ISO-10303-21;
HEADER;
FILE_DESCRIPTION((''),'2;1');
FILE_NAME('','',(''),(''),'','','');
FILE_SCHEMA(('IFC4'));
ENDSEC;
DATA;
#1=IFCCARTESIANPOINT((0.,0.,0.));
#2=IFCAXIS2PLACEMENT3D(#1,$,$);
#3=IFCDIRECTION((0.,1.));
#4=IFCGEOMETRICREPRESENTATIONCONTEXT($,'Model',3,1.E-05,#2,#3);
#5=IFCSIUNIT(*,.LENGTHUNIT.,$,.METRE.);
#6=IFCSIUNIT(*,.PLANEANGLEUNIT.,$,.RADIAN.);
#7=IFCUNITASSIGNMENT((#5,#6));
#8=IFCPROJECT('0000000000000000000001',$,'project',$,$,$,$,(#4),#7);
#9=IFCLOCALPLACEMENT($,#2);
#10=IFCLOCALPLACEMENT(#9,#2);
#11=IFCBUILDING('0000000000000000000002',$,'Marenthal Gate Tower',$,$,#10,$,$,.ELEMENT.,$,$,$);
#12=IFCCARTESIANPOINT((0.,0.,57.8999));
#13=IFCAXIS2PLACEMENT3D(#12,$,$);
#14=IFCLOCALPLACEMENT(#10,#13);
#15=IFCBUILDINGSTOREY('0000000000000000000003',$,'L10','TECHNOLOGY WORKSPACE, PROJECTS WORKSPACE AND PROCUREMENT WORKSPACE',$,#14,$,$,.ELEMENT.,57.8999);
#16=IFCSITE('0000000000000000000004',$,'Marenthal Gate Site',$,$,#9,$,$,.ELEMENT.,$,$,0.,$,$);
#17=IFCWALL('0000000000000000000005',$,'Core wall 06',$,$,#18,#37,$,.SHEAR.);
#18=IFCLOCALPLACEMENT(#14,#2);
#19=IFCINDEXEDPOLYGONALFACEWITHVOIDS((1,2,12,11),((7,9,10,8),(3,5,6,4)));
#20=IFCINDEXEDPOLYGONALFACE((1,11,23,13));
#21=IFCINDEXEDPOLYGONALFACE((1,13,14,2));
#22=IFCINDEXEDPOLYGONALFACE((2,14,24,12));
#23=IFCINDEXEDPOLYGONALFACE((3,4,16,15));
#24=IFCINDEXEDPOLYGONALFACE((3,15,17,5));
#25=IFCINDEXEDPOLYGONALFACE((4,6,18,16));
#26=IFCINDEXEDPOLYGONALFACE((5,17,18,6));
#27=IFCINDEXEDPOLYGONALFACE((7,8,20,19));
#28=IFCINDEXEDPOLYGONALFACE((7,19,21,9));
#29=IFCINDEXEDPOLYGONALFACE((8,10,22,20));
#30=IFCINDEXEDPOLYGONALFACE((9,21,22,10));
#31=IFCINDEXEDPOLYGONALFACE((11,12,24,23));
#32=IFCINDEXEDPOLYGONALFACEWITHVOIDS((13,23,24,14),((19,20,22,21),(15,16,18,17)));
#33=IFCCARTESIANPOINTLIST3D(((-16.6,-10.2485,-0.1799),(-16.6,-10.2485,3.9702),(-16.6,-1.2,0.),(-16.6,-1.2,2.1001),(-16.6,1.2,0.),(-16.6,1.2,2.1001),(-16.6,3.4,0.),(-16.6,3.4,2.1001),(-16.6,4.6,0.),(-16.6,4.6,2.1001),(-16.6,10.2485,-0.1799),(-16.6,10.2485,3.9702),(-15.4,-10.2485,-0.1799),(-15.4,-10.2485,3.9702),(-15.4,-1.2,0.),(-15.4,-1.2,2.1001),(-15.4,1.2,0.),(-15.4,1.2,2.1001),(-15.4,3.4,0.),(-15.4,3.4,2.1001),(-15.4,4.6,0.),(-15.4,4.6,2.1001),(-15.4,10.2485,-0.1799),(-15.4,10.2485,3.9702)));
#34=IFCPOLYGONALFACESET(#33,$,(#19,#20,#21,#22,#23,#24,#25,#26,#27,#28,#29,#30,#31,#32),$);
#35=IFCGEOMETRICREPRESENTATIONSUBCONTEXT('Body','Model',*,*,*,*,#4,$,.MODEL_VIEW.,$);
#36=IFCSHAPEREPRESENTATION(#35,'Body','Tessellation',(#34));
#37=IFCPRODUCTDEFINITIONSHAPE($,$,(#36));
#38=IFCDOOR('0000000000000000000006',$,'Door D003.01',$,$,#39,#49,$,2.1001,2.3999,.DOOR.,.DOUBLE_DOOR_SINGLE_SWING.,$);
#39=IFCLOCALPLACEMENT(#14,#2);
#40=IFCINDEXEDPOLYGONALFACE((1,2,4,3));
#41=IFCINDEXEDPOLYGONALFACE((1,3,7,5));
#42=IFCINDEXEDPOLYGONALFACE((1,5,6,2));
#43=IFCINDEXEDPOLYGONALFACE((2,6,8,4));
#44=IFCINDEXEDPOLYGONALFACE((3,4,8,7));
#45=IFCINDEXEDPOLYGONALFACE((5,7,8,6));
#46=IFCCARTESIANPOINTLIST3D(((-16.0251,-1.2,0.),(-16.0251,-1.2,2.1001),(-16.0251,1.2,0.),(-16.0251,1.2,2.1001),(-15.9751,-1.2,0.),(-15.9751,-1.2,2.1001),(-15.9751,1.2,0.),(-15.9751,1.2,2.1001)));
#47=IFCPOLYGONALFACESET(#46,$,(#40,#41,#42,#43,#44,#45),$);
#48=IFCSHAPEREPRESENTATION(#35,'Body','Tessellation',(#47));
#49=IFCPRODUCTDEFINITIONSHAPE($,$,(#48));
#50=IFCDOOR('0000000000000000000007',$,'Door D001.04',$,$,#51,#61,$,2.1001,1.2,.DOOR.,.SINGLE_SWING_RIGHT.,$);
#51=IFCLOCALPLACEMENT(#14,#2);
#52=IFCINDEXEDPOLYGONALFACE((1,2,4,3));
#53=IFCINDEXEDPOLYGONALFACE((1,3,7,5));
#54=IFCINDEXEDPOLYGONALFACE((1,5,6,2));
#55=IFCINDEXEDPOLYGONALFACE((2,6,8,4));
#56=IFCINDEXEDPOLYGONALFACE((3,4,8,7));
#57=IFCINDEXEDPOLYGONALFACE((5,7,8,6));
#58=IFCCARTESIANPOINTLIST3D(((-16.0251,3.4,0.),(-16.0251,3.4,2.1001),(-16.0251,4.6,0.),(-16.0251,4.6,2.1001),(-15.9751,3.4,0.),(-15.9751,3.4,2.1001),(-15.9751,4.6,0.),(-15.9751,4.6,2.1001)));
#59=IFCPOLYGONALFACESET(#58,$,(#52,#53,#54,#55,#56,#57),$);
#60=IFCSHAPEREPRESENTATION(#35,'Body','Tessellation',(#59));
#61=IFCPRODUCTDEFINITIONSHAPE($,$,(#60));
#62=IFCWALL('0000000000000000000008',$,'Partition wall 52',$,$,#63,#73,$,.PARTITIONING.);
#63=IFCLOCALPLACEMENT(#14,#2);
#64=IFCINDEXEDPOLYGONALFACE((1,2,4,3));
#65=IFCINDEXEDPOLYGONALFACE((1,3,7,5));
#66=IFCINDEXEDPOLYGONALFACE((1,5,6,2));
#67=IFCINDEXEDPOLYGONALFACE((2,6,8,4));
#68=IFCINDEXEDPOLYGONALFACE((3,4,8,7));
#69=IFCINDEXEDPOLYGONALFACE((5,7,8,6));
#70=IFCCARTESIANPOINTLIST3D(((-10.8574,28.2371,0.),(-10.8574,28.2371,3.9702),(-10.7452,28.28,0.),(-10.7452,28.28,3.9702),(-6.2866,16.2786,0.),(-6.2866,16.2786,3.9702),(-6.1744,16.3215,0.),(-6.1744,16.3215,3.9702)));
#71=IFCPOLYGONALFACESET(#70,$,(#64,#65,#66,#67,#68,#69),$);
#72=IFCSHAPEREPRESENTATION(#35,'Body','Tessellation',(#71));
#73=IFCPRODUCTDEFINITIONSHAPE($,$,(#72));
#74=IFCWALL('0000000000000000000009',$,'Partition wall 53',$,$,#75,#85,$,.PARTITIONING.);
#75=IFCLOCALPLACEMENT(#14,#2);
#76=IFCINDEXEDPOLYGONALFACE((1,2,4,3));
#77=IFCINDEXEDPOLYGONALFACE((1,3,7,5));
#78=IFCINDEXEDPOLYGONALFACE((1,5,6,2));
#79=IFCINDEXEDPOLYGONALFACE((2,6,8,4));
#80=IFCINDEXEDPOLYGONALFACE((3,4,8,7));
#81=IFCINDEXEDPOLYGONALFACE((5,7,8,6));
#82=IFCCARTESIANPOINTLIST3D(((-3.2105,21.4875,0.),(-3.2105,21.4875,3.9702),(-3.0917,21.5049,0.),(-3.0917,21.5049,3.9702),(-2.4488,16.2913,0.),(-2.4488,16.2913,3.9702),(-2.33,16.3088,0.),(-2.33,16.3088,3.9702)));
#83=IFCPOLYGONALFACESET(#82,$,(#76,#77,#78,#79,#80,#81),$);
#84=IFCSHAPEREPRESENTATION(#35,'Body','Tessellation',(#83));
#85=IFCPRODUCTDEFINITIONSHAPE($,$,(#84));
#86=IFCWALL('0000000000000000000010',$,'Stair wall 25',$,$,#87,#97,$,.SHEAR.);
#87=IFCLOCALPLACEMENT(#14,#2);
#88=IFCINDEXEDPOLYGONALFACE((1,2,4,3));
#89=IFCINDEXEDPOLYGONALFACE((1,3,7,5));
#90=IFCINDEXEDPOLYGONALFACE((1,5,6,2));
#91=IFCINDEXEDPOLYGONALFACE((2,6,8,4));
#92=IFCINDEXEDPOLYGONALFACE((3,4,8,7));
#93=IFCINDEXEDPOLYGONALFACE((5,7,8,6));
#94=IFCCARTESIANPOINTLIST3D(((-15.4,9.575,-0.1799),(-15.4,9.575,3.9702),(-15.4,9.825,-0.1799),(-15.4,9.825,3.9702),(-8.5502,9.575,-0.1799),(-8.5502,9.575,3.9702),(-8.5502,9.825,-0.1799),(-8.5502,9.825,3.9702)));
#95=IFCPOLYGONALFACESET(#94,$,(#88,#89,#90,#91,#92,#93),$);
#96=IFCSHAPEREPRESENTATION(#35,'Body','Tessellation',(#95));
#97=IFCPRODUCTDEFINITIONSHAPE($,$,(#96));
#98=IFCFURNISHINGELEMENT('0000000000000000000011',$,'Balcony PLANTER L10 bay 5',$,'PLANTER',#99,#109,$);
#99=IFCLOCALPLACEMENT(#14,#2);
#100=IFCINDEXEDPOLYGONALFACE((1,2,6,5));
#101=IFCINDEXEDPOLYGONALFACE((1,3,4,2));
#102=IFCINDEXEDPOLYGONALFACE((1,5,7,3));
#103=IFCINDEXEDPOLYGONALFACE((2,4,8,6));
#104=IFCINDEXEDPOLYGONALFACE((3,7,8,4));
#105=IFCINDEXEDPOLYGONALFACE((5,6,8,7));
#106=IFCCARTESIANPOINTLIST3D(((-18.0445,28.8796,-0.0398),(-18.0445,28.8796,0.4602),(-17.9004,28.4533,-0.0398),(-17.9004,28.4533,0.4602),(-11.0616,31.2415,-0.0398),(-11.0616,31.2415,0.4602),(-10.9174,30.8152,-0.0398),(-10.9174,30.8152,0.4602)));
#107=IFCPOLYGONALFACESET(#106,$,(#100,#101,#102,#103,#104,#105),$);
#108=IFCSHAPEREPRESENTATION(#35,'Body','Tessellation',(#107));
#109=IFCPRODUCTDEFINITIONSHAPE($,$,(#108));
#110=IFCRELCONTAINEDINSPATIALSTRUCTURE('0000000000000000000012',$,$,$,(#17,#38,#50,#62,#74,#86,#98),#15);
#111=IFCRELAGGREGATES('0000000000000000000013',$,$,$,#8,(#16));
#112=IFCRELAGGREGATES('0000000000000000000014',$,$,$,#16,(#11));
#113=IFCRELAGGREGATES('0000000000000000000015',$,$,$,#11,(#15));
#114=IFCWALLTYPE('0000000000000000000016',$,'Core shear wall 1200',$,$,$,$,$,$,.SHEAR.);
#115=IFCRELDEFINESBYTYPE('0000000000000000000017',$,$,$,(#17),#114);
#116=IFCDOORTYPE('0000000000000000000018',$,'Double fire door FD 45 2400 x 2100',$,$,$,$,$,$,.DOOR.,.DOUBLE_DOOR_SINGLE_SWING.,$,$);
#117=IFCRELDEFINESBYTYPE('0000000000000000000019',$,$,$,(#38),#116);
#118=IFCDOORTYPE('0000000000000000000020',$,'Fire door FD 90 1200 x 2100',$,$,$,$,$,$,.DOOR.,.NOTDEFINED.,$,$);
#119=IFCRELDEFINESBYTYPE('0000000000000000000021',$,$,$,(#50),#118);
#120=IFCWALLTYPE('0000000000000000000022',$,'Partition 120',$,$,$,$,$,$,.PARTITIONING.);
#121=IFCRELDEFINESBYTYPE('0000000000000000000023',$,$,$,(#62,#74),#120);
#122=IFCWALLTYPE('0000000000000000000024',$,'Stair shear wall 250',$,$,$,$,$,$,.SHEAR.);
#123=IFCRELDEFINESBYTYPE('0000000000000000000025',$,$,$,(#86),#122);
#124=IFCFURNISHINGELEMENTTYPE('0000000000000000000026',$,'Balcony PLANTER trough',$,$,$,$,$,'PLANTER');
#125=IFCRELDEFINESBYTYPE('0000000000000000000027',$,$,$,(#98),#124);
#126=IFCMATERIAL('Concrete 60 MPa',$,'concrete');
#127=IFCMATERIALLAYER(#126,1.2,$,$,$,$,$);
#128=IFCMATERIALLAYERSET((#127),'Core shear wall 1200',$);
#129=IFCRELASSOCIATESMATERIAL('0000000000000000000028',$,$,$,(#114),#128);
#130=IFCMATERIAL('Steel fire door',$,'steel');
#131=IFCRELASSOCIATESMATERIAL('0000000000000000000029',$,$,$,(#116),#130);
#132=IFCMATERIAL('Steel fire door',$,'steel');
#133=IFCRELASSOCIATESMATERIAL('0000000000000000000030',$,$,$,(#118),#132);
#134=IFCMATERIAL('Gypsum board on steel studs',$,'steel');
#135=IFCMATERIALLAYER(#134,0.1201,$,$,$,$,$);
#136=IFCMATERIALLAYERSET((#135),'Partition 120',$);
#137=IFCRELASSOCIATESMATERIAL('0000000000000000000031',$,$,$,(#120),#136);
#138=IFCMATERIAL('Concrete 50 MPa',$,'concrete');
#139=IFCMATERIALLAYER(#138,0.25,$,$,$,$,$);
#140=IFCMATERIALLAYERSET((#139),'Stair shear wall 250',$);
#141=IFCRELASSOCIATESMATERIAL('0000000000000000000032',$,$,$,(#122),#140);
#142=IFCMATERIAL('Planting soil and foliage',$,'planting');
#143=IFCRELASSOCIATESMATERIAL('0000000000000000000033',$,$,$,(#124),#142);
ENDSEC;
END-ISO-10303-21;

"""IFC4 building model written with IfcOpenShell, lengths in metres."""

from ifc_helpers import new_model, si_unit, direction, frame, frame_2d, origin, origin_2d, place, context, subcontext, project, spatial, rectangle, extrude, material, layer, layer_set, type_object, element, fill, save


model = new_model("IFC4")

# Units and contexts
model_context = context("Model", 3, precision=1e-05, world=origin(), true_north=direction((0.0, 1.0)))
body_context = subcontext(model_context, "Body", "Model", "MODEL_VIEW")
ifc_project = project(units=[si_unit("LENGTHUNIT", "METRE"), si_unit("PLANEANGLEUNIT", "RADIAN")], contexts=[model_context])

# Site, building, storey
site_placement = place(None, origin())
site = spatial("IfcSite", under=ifc_project, at=site_placement, Name="Marenthal Gate Site", CompositionType="ELEMENT", RefElevation=0.0)
building_placement = place(site_placement, origin())
building = spatial("IfcBuilding", under=site, at=building_placement, Name="Marenthal Gate Tower", CompositionType="ELEMENT")
storey_placement = place(building_placement, frame((0.0, 0.0, 57.8999)))
storey = spatial("IfcBuildingStorey", under=building, at=storey_placement, Name="L10", Description="TECHNOLOGY WORKSPACE, PROJECTS WORKSPACE AND PROCUREMENT WORKSPACE", CompositionType="ELEMENT", Elevation=57.8999)

# Shared definitions
ifc_material_1 = material(Name="Concrete 60 MPa", Category="concrete")
ifc_layer_1 = layer(ifc_material_1, 1.2)
ifc_layer_set_1 = layer_set([ifc_layer_1], Name="Core shear wall 1200")
wall_type_1 = type_object("IfcWallType", Name="Core shear wall 1200", PredefinedType="SHEAR", material=ifc_layer_set_1)

# Wall, openings, doors
wall_1_placement = place(storey_placement, frame((-16.0, 10.2485, -0.1799), z_axis=(0.0, 0.0, 1.0), x_axis=(0.0, -1.0, 0.0)))
wall_1 = element("IfcWall", 1, at=wall_1_placement, inside=storey, type_object=wall_type_1, Name="Core wall 06", PredefinedType="SHEAR", context=body_context, shape_type="SweptSolid", body=[
    extrude(rectangle(XDim=20.4971, YDim=1.2, at=frame_2d((10.2485, 0.0))), origin(), (0.0, 0.0, 1.0), 4.1501),
])
opening_1_placement = place(wall_1_placement, frame((9.0486, 0.0, 0.1799)))
opening_1 = element("IfcOpeningElement", 2, at=opening_1_placement, cuts=wall_1, PredefinedType="OPENING", context=body_context, shape_type="SweptSolid", body=[
    extrude(rectangle(XDim=2.3999, YDim=2.1001, at=frame_2d((1.2, 1.05))), frame((0.0, 0.6099, 0.0), z_axis=(0.0, -1.0, 0.0), x_axis=(1.0, 0.0, 0.0)), (0.0, 0.0, 1.0), 1.22),
])
opening_2_placement = place(wall_1_placement, frame((5.6484, 0.0, 0.1799)))
opening_2 = element("IfcOpeningElement", 3, at=opening_2_placement, cuts=wall_1, PredefinedType="OPENING", context=body_context, shape_type="SweptSolid", body=[
    extrude(rectangle(XDim=1.2, YDim=2.1001, at=frame_2d((0.6001, 1.05))), frame((0.0, 0.6099, 0.0), z_axis=(0.0, -1.0, 0.0), x_axis=(1.0, 0.0, 0.0)), (0.0, 0.0, 1.0), 1.22),
])
ifc_material_2 = material(Name="Steel fire door", Category="steel")
door_type_1 = type_object("IfcDoorType", Name="Double fire door FD 45 2400 x 2100", OperationType="DOUBLE_DOOR_SINGLE_SWING", PredefinedType="DOOR", material=ifc_material_2)
door_1_placement = place(opening_1_placement, origin())
door_1 = element("IfcDoor", 4, at=door_1_placement, inside=storey, type_object=door_type_1, Name="Door D003.01", OperationType="DOUBLE_DOOR_SINGLE_SWING", OverallHeight=2.1001, OverallWidth=2.3999, PredefinedType="DOOR", context=body_context, shape_type="SweptSolid", body=[
    extrude(rectangle(XDim=2.3999, YDim=2.1001, at=frame_2d((1.2, 1.05))), frame((0.0, 0.0249, 0.0), z_axis=(0.0, -1.0, 0.0), x_axis=(1.0, 0.0, 0.0)), (0.0, 0.0, 1.0), 0.05),
])
fill(opening_1, door_1)
ifc_material_3 = material(Name="Steel fire door", Category="steel")
door_type_2 = type_object("IfcDoorType", Name="Fire door FD 90 1200 x 2100", OperationType="NOTDEFINED", PredefinedType="DOOR", material=ifc_material_3)
door_2_placement = place(opening_2_placement, origin())
door_2 = element("IfcDoor", 5, at=door_2_placement, inside=storey, type_object=door_type_2, Name="Door D001.04", OperationType="SINGLE_SWING_RIGHT", OverallHeight=2.1001, OverallWidth=1.2, PredefinedType="DOOR", context=body_context, shape_type="SweptSolid", body=[
    extrude(rectangle(XDim=1.2, YDim=2.1001, at=frame_2d((0.6001, 1.05))), frame((0.0, 0.0249, 0.0), z_axis=(0.0, -1.0, 0.0), x_axis=(1.0, 0.0, 0.0)), (0.0, 0.0, 1.0), 0.05),
])
fill(opening_2, door_2)

# Walls
ifc_material_4 = material(Name="Gypsum board on steel studs", Category="steel")
ifc_layer_2 = layer(ifc_material_4, 0.1201)
ifc_layer_set_2 = layer_set([ifc_layer_2], Name="Partition 120")
wall_type_2 = type_object("IfcWallType", Name="Partition 120", PredefinedType="PARTITIONING", material=ifc_layer_set_2)
wall_2_placement = place(storey_placement, frame((-6.2305, 16.3, 0.0), z_axis=(0.0, 0.0, 1.0), x_axis=(-0.357031, 0.934093, 0.0)))
element("IfcWall", 6, at=wall_2_placement, inside=storey, type_object=wall_type_2, Name="Partition wall 52", PredefinedType="PARTITIONING", context=body_context, shape_type="SweptSolid", body=[
    extrude(rectangle(XDim=12.8022, YDim=0.1201, at=frame_2d((6.4011, 0.0))), origin(), (0.0, 0.0, 1.0), 3.9702),
])
wall_3_placement = place(storey_placement, frame((-3.1511, 21.4963, 0.0), z_axis=(0.0, 0.0, 1.0), x_axis=(0.145039, -0.989426, 0.0)))
element("IfcWall", 7, at=wall_3_placement, inside=storey, type_object=wall_type_2, Name="Partition wall 53", PredefinedType="PARTITIONING", context=body_context, shape_type="SweptSolid", body=[
    extrude(rectangle(XDim=5.2517, YDim=0.1201, at=frame_2d((2.626, 0.0))), origin(), (0.0, 0.0, 1.0), 3.9702),
])
ifc_material_5 = material(Name="Concrete 50 MPa", Category="concrete")
ifc_layer_3 = layer(ifc_material_5, 0.25)
ifc_layer_set_3 = layer_set([ifc_layer_3], Name="Stair shear wall 250")
wall_type_3 = type_object("IfcWallType", Name="Stair shear wall 250", PredefinedType="SHEAR", material=ifc_layer_set_3)
wall_4_placement = place(storey_placement, frame((-15.3999, 9.7, -0.1799), z_axis=(0.0, 0.0, 1.0), x_axis=(1.0, 0.0, 0.0)))
element("IfcWall", 8, at=wall_4_placement, inside=storey, type_object=wall_type_3, Name="Stair wall 25", PredefinedType="SHEAR", context=body_context, shape_type="SweptSolid", body=[
    extrude(rectangle(XDim=6.8499, YDim=0.25, at=frame_2d((3.4248, 0.0))), origin(), (0.0, 0.0, 1.0), 4.1501),
])

# Furnishing element
ifc_material_6 = material(Name="Planting soil and foliage", Category="planting")
furnishing_element_type = type_object("IfcFurnishingElementType", Name="Balcony PLANTER trough", ElementType="PLANTER", material=ifc_material_6)
furnishing_placement = place(storey_placement, frame((-14.481, 29.8474, -0.0398), z_axis=(0.0, 0.0, 1.0), x_axis=(-0.94728, -0.320406, 0.0)))
element("IfcFurnishingElement", 9, at=furnishing_placement, inside=storey, type_object=furnishing_element_type, Name="Balcony PLANTER L10 bay 5", ObjectType="PLANTER", context=body_context, shape_type="SweptSolid", body=[
    extrude(rectangle(XDim=7.3716, YDim=0.45, at=origin_2d()), origin(), (0.0, 0.0, 1.0), 0.5),
])

save(model, "model.ifc")
